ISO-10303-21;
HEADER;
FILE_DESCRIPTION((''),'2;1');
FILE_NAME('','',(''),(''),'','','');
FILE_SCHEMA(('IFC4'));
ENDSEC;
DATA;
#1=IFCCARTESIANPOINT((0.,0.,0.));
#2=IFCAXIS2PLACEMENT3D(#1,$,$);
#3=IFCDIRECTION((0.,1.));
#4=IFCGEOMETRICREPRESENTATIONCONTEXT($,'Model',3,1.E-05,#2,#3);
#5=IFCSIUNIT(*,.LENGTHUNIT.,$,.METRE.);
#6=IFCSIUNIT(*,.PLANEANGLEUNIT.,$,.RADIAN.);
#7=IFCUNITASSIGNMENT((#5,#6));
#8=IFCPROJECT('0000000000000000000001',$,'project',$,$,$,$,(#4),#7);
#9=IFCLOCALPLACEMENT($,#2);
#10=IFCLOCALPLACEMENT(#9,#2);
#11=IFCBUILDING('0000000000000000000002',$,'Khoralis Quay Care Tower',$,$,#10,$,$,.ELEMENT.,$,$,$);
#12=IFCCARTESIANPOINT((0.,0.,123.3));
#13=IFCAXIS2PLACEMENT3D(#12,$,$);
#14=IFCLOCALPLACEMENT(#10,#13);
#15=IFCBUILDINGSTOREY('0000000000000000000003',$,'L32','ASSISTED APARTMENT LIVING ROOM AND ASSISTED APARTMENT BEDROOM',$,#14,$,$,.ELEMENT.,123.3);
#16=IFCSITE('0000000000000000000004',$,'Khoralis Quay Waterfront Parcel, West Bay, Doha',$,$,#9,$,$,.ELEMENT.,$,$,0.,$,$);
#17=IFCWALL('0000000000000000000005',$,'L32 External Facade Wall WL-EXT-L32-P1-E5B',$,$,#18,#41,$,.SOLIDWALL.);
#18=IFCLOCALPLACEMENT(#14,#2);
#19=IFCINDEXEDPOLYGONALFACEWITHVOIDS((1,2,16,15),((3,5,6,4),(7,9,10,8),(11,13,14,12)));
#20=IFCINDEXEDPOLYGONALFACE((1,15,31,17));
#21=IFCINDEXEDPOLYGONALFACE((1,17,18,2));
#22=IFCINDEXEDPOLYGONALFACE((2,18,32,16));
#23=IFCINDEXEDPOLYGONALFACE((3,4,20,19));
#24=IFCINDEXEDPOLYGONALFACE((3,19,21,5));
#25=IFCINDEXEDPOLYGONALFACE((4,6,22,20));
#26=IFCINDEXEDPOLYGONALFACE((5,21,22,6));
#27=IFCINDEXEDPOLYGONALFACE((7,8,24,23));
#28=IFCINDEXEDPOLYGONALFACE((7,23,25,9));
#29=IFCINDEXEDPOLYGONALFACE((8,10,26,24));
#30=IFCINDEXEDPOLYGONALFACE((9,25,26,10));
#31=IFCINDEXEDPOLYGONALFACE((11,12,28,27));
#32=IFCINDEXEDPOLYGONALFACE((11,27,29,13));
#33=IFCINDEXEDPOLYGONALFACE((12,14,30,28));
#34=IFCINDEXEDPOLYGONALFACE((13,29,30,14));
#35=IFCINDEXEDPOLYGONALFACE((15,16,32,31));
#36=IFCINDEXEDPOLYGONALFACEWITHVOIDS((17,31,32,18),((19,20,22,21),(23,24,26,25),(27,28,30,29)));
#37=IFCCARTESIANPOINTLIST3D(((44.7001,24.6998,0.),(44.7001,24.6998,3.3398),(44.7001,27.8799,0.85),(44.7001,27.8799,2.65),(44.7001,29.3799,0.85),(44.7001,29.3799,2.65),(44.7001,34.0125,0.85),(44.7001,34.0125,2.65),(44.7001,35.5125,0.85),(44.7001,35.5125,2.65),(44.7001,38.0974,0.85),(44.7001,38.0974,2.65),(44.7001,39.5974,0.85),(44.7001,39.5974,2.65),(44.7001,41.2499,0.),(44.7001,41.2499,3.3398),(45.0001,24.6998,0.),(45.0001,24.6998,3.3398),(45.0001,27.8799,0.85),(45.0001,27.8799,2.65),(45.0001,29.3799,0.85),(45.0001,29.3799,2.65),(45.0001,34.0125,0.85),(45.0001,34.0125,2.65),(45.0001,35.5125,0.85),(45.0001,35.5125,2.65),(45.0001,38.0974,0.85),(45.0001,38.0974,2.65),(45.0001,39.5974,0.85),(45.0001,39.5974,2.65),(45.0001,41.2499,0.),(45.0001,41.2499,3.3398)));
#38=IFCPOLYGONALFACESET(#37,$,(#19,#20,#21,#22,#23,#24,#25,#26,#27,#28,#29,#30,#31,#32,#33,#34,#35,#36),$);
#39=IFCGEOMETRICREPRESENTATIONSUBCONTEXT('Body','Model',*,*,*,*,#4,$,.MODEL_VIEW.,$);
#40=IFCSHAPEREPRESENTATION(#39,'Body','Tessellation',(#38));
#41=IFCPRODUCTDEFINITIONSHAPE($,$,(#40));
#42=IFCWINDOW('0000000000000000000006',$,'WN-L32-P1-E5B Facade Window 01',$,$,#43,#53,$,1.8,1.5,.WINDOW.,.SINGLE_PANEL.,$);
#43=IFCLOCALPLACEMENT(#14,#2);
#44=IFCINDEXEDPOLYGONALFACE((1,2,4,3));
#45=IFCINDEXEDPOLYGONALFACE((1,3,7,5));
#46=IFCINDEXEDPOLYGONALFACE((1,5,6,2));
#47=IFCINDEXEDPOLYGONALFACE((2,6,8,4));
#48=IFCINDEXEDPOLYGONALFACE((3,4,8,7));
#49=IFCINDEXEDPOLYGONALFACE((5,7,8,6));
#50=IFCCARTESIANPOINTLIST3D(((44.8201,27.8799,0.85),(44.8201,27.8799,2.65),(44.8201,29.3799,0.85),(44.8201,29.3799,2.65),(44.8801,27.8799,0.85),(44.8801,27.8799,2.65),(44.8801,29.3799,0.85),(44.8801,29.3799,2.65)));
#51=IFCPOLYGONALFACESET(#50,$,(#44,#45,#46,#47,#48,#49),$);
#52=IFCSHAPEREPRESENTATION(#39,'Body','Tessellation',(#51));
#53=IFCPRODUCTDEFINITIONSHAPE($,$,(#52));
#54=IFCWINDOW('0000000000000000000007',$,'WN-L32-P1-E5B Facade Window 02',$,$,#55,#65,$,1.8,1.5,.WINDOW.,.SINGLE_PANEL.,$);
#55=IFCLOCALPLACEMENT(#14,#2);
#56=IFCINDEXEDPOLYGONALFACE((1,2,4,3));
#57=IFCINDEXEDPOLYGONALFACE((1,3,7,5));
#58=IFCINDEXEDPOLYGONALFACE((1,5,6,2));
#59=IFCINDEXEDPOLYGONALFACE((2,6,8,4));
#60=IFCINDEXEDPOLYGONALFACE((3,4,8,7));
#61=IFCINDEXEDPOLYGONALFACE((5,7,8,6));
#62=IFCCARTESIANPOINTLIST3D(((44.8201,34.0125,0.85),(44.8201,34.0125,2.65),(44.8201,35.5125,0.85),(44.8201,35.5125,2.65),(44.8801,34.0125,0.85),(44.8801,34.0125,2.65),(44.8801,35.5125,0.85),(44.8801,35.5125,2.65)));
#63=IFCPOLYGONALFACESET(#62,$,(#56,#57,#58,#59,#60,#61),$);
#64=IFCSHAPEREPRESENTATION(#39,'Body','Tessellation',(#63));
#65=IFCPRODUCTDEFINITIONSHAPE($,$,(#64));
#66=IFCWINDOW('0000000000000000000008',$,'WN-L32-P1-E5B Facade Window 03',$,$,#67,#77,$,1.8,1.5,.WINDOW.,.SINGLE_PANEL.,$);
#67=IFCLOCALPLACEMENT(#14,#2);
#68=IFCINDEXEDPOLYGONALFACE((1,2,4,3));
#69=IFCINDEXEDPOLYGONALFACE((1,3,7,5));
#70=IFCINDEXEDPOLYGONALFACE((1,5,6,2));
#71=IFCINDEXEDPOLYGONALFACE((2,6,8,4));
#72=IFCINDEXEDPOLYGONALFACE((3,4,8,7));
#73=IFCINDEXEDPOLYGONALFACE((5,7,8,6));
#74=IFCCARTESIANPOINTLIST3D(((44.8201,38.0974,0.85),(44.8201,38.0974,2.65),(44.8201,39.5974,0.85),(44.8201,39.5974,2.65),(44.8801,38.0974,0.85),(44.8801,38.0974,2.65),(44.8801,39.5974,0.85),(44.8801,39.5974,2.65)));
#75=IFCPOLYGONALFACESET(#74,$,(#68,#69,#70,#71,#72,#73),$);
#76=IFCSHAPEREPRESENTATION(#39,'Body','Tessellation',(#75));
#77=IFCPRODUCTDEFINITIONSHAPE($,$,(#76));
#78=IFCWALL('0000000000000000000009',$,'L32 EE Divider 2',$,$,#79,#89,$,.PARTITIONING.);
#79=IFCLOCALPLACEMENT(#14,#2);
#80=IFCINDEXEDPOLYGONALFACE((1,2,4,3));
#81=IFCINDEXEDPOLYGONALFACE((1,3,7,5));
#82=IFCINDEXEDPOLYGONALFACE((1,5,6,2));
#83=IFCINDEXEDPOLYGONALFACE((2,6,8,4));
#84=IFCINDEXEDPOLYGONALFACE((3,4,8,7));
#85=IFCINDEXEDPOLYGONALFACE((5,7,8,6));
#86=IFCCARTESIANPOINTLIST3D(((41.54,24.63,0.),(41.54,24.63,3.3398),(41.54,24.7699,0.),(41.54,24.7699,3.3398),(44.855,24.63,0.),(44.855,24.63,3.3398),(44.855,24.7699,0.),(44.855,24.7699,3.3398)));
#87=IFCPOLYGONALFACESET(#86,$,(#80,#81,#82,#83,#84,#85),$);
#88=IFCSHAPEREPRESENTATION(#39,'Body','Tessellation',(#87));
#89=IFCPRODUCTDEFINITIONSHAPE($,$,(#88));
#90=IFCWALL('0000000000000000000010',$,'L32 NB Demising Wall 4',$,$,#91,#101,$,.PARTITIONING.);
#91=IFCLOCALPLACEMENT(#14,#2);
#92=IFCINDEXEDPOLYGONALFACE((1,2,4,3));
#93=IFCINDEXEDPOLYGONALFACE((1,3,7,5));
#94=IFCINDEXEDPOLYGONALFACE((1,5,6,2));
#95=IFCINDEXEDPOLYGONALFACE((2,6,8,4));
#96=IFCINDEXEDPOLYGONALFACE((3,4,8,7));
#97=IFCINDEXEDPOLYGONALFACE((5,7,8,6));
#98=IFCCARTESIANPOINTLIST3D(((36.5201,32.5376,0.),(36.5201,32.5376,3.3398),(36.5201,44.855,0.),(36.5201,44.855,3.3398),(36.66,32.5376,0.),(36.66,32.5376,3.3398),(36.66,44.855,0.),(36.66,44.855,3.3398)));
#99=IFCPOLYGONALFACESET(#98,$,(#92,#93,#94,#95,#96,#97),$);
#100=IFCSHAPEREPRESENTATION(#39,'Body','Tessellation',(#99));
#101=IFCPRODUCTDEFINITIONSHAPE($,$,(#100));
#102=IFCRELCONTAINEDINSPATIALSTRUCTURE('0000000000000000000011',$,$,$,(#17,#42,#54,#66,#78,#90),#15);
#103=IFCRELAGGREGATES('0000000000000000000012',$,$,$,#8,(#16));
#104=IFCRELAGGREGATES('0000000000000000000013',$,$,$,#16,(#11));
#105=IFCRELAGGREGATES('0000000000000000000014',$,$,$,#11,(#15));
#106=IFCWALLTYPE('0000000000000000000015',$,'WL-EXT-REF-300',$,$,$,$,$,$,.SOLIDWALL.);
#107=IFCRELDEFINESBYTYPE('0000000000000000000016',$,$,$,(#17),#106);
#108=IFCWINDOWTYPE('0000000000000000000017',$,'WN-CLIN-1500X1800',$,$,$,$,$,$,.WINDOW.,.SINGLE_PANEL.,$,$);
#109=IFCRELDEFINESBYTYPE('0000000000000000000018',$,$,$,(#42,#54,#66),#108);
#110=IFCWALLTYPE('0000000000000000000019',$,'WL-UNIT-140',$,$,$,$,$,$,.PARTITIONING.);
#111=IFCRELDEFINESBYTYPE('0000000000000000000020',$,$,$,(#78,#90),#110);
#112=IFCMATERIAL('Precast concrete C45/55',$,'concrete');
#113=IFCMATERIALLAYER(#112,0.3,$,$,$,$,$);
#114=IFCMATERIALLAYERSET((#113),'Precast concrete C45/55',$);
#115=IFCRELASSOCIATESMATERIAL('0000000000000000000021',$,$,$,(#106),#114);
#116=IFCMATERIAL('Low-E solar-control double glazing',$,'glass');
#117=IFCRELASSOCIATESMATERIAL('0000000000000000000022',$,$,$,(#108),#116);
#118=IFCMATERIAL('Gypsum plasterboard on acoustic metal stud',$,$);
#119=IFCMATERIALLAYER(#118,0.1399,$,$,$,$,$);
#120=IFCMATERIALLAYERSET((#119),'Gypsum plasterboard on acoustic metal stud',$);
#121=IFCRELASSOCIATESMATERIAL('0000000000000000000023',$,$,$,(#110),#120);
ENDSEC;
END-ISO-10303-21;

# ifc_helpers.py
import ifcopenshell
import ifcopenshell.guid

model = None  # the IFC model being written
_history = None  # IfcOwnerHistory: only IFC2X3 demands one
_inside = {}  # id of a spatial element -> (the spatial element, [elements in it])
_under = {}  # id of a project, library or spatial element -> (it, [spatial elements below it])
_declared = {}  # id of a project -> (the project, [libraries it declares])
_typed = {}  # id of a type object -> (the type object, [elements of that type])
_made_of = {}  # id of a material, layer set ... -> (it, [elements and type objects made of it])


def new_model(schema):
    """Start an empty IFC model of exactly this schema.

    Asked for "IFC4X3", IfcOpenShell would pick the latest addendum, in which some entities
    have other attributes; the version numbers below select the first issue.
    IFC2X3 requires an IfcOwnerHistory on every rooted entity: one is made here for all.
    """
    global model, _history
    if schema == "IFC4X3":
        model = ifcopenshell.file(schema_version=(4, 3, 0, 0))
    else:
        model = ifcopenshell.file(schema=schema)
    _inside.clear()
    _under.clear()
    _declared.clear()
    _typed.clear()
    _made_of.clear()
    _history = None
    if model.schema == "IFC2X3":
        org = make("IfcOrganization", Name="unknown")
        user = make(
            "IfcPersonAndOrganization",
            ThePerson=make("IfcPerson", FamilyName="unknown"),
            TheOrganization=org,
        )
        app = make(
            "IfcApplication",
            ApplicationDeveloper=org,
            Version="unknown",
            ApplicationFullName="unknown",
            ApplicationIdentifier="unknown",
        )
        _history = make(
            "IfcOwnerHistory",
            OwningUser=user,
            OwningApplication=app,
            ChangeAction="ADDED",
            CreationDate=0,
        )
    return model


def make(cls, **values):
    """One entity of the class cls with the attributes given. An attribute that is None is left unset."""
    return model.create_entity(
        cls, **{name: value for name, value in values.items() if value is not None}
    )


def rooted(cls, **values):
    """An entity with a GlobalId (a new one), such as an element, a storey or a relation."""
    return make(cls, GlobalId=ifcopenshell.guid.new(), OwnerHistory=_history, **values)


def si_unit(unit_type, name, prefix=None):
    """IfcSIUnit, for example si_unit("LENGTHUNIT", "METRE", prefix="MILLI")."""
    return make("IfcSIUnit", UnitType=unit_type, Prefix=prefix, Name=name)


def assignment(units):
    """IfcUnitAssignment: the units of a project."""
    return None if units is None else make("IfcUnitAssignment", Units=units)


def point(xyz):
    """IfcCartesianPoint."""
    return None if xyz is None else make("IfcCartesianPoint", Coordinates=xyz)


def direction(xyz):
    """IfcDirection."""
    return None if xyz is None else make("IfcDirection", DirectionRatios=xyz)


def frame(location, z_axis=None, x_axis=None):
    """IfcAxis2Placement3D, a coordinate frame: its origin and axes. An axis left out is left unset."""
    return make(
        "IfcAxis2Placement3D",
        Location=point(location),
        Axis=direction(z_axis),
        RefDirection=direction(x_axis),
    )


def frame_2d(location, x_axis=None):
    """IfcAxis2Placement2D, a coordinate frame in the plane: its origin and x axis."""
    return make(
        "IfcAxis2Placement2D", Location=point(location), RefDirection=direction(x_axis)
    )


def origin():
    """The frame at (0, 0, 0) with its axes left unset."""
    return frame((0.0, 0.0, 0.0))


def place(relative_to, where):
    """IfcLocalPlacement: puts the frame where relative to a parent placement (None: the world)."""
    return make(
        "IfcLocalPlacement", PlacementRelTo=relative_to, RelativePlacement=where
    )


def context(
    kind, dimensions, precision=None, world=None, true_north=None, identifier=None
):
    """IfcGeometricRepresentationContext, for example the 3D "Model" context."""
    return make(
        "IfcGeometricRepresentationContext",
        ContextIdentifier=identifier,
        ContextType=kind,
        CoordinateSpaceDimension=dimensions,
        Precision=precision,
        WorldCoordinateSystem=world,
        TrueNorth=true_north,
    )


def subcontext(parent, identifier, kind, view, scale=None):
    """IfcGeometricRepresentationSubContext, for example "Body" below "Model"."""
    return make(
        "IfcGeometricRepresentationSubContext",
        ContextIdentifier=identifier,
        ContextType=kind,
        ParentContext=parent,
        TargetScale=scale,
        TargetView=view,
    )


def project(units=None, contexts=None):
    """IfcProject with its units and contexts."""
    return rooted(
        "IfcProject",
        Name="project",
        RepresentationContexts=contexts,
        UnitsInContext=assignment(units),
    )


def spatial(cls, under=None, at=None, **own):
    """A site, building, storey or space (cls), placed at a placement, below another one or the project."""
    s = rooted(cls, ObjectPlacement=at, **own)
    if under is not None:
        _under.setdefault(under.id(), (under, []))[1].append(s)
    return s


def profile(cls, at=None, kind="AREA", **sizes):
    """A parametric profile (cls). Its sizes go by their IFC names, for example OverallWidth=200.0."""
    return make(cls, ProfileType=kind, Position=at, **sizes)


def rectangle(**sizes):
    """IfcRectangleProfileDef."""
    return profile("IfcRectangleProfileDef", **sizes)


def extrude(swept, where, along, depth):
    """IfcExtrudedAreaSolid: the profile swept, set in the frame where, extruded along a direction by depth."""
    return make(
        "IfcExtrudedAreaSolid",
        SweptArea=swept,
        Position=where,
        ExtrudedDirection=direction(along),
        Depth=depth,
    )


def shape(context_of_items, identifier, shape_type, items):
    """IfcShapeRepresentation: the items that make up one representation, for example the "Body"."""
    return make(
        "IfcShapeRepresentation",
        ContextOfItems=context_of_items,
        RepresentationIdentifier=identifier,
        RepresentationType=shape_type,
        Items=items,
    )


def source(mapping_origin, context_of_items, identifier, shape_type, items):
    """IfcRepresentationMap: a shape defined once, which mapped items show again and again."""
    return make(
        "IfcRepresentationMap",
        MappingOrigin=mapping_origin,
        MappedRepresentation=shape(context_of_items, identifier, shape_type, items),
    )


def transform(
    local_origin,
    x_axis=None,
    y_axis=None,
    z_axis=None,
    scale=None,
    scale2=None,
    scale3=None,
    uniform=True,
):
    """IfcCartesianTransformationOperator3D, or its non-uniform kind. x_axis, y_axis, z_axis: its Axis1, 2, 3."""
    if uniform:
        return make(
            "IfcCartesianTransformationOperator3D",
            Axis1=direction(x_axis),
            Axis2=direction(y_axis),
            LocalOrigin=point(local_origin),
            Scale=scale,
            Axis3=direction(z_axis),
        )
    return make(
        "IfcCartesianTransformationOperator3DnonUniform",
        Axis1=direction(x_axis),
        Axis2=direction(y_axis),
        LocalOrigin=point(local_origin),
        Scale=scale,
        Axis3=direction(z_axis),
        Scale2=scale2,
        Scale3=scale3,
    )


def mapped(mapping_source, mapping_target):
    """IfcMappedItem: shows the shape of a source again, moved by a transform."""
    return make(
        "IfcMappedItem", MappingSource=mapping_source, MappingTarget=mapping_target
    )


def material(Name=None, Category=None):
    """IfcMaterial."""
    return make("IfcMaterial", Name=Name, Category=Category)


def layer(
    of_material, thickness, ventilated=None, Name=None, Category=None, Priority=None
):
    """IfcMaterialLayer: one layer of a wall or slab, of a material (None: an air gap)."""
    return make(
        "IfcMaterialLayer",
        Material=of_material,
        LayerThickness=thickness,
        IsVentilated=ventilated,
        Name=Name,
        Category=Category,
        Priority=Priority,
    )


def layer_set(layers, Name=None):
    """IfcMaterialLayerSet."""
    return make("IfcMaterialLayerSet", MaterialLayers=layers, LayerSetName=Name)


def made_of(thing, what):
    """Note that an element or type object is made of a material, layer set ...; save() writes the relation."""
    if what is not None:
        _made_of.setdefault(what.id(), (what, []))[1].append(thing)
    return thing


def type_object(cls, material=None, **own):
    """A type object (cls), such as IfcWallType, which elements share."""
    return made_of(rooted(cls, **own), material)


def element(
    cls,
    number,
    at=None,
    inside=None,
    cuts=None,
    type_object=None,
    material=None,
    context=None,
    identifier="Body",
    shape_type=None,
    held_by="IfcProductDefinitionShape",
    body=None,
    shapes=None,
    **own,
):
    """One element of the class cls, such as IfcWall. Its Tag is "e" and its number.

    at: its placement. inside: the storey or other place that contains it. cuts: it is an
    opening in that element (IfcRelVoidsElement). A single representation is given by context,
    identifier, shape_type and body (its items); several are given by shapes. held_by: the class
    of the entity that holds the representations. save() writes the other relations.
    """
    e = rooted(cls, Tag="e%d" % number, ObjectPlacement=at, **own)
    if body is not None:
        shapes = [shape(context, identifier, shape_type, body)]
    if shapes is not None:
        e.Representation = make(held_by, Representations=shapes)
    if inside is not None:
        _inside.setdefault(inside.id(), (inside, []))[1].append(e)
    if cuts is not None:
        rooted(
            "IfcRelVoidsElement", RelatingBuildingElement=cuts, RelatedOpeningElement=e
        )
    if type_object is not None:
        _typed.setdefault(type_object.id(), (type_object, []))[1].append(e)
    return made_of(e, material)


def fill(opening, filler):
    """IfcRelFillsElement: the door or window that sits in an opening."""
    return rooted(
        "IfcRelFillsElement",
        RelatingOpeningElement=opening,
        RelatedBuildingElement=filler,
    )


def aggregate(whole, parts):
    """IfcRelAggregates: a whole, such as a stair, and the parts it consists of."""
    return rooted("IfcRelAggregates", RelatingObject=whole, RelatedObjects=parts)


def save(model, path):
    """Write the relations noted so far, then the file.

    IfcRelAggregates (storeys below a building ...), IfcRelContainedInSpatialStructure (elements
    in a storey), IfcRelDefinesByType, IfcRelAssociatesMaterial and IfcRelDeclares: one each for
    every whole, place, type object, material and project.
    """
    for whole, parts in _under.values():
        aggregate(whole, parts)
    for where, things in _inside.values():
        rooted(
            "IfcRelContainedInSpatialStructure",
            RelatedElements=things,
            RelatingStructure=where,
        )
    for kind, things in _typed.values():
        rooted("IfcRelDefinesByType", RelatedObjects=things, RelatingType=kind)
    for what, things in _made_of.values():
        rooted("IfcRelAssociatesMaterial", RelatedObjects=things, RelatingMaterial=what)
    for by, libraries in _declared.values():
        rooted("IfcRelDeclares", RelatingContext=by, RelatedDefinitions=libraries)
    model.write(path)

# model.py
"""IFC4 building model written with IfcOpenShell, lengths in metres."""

from ifc_helpers import new_model, si_unit, direction, frame, frame_2d, origin, place, context, subcontext, project, spatial, rectangle, extrude, source, transform, mapped, material, layer, layer_set, type_object, element, fill, save


model = new_model("IFC4")

# Units and contexts
model_context = context("Model", 3, precision=1e-05, world=origin(), true_north=direction((0.0, 1.0)))
body_context = subcontext(model_context, "Body", "Model", "MODEL_VIEW")
ifc_project = project(units=[si_unit("LENGTHUNIT", "METRE"), si_unit("PLANEANGLEUNIT", "RADIAN")], contexts=[model_context])

# Site, building, storey
site_placement = place(None, origin())
site = spatial("IfcSite", under=ifc_project, at=site_placement, Name="Khoralis Quay Waterfront Parcel, West Bay, Doha", CompositionType="ELEMENT", RefElevation=0.0)
building_placement = place(site_placement, origin())
building = spatial("IfcBuilding", under=site, at=building_placement, Name="Khoralis Quay Care Tower", CompositionType="ELEMENT")
storey_placement = place(building_placement, frame((0.0, 0.0, 123.3)))
storey = spatial("IfcBuildingStorey", under=building, at=storey_placement, Name="L32", Description="ASSISTED APARTMENT LIVING ROOM AND ASSISTED APARTMENT BEDROOM", CompositionType="ELEMENT", Elevation=123.3)

# Shared definitions
ifc_material_1 = material(Name="Gypsum plasterboard on acoustic metal stud")

# Wall, openings, windows
ifc_material_2 = material(Name="Precast concrete C45/55", Category="concrete")
ifc_layer_1 = layer(ifc_material_2, 0.3)
ifc_layer_set_1 = layer_set([ifc_layer_1], Name="Precast concrete C45/55")
wall_type_1 = type_object("IfcWallType", Name="WL-EXT-REF-300", PredefinedType="SOLIDWALL", material=ifc_layer_set_1)
wall_1_placement = place(storey_placement, frame((44.8501, 24.7, 0.0), z_axis=(0.0, 0.0, 1.0), x_axis=(0.0, 1.0, 0.0)))
wall_1 = element("IfcWall", 1, at=wall_1_placement, inside=storey, type_object=wall_type_1, Name="L32 External Facade Wall WL-EXT-L32-P1-E5B", PredefinedType="SOLIDWALL", context=body_context, shape_type="SweptSolid", body=[
    extrude(rectangle(XDim=16.55, YDim=0.3, at=frame_2d((8.2749, 0.0))), origin(), (0.0, 0.0, 1.0), 3.3398),
])
opening_1_placement = place(wall_1_placement, frame((3.1799, 0.0, 0.8501)))
opening_1 = element("IfcOpeningElement", 2, at=opening_1_placement, cuts=wall_1, PredefinedType="OPENING", context=body_context, shape_type="SweptSolid", body=[
    extrude(rectangle(XDim=1.5, YDim=1.8, at=frame_2d((0.75, 0.8999))), frame((0.0, 0.1602, 0.0), z_axis=(0.0, -1.0, 0.0), x_axis=(1.0, 0.0, 0.0)), (0.0, 0.0, 1.0), 0.3201),
])
opening_2_placement = place(wall_1_placement, frame((9.3125, 0.0, 0.8501)))
opening_2 = element("IfcOpeningElement", 3, at=opening_2_placement, cuts=wall_1, PredefinedType="OPENING", context=body_context, shape_type="SweptSolid", body=[
    extrude(rectangle(XDim=1.5, YDim=1.8, at=frame_2d((0.75, 0.8999))), frame((0.0, 0.1602, 0.0), z_axis=(0.0, -1.0, 0.0), x_axis=(1.0, 0.0, 0.0)), (0.0, 0.0, 1.0), 0.3201),
])
opening_3_placement = place(wall_1_placement, frame((13.3975, 0.0, 0.8501)))
opening_3 = element("IfcOpeningElement", 4, at=opening_3_placement, cuts=wall_1, PredefinedType="OPENING", context=body_context, shape_type="SweptSolid", body=[
    extrude(rectangle(XDim=1.5, YDim=1.8, at=frame_2d((0.75, 0.8999))), frame((0.0, 0.1602, 0.0), z_axis=(0.0, -1.0, 0.0), x_axis=(1.0, 0.0, 0.0)), (0.0, 0.0, 1.0), 0.3201),
])
ifc_material_3 = material(Name="Low-E solar-control double glazing", Category="glass")
window_type = type_object("IfcWindowType", Name="WN-CLIN-1500X1800", PartitioningType="SINGLE_PANEL", PredefinedType="WINDOW", material=ifc_material_3)
shared_shape_1 = source(origin(), body_context, "Body", "SweptSolid", [
    extrude(rectangle(XDim=1.5, YDim=1.8, at=frame_2d((0.75, 0.8999))), frame((0.0, 0.03, 0.0), z_axis=(0.0, -1.0, 0.0), x_axis=(1.0, 0.0, 0.0)), (0.0, 0.0, 1.0), 0.0601),
])
window_1_placement = place(opening_1_placement, origin())
window_1 = element("IfcWindow", 5, at=window_1_placement, inside=storey, type_object=window_type, Name="WN-L32-P1-E5B Facade Window 01", OverallHeight=1.8, OverallWidth=1.5, PartitioningType="SINGLE_PANEL", PredefinedType="WINDOW", context=body_context, shape_type="MappedRepresentation", body=[
    mapped(shared_shape_1, transform((0.0, 0.0, 0.0), scale=1.0)),
])
fill(opening_1, window_1)
window_2_placement = place(opening_2_placement, origin())
window_2 = element("IfcWindow", 6, at=window_2_placement, inside=storey, type_object=window_type, Name="WN-L32-P1-E5B Facade Window 02", OverallHeight=1.8, OverallWidth=1.5, PartitioningType="SINGLE_PANEL", PredefinedType="WINDOW", context=body_context, shape_type="MappedRepresentation", body=[
    mapped(shared_shape_1, transform((0.0, 0.0, 0.0), scale=1.0)),
])
fill(opening_2, window_2)
window_3_placement = place(opening_3_placement, origin())
window_3 = element("IfcWindow", 7, at=window_3_placement, inside=storey, type_object=window_type, Name="WN-L32-P1-E5B Facade Window 03", OverallHeight=1.8, OverallWidth=1.5, PartitioningType="SINGLE_PANEL", PredefinedType="WINDOW", context=body_context, shape_type="MappedRepresentation", body=[
    mapped(shared_shape_1, transform((0.0, 0.0, 0.0), scale=1.0)),
])
fill(opening_3, window_3)

# Walls
ifc_layer_2 = layer(ifc_material_1, 0.1399)
ifc_layer_set_2 = layer_set([ifc_layer_2], Name="Gypsum plasterboard on acoustic metal stud")
wall_type_2 = type_object("IfcWallType", Name="WL-UNIT-140", PredefinedType="PARTITIONING", material=ifc_layer_set_2)
wall_2_placement = place(storey_placement, frame((41.54, 24.7, 0.0), z_axis=(0.0, 0.0, 1.0), x_axis=(1.0, 0.0, 0.0)))
element("IfcWall", 8, at=wall_2_placement, inside=storey, type_object=wall_type_2, Name="L32 EE Divider 2", PredefinedType="PARTITIONING", context=body_context, shape_type="SweptSolid", body=[
    extrude(rectangle(XDim=3.3149, YDim=0.1399, at=frame_2d((1.6575, 0.0))), origin(), (0.0, 0.0, 1.0), 3.3398),
])
wall_3_placement = place(storey_placement, frame((36.5901, 32.5376, 0.0), z_axis=(0.0, 0.0, 1.0), x_axis=(0.0, 1.0, 0.0)))
element("IfcWall", 9, at=wall_3_placement, inside=storey, type_object=wall_type_2, Name="L32 NB Demising Wall 4", PredefinedType="PARTITIONING", context=body_context, shape_type="SweptSolid", body=[
    extrude(rectangle(XDim=12.3174, YDim=0.1399, at=frame_2d((6.1587, 0.0))), origin(), (0.0, 0.0, 1.0), 3.3398),
])

save(model, "model.ifc")
